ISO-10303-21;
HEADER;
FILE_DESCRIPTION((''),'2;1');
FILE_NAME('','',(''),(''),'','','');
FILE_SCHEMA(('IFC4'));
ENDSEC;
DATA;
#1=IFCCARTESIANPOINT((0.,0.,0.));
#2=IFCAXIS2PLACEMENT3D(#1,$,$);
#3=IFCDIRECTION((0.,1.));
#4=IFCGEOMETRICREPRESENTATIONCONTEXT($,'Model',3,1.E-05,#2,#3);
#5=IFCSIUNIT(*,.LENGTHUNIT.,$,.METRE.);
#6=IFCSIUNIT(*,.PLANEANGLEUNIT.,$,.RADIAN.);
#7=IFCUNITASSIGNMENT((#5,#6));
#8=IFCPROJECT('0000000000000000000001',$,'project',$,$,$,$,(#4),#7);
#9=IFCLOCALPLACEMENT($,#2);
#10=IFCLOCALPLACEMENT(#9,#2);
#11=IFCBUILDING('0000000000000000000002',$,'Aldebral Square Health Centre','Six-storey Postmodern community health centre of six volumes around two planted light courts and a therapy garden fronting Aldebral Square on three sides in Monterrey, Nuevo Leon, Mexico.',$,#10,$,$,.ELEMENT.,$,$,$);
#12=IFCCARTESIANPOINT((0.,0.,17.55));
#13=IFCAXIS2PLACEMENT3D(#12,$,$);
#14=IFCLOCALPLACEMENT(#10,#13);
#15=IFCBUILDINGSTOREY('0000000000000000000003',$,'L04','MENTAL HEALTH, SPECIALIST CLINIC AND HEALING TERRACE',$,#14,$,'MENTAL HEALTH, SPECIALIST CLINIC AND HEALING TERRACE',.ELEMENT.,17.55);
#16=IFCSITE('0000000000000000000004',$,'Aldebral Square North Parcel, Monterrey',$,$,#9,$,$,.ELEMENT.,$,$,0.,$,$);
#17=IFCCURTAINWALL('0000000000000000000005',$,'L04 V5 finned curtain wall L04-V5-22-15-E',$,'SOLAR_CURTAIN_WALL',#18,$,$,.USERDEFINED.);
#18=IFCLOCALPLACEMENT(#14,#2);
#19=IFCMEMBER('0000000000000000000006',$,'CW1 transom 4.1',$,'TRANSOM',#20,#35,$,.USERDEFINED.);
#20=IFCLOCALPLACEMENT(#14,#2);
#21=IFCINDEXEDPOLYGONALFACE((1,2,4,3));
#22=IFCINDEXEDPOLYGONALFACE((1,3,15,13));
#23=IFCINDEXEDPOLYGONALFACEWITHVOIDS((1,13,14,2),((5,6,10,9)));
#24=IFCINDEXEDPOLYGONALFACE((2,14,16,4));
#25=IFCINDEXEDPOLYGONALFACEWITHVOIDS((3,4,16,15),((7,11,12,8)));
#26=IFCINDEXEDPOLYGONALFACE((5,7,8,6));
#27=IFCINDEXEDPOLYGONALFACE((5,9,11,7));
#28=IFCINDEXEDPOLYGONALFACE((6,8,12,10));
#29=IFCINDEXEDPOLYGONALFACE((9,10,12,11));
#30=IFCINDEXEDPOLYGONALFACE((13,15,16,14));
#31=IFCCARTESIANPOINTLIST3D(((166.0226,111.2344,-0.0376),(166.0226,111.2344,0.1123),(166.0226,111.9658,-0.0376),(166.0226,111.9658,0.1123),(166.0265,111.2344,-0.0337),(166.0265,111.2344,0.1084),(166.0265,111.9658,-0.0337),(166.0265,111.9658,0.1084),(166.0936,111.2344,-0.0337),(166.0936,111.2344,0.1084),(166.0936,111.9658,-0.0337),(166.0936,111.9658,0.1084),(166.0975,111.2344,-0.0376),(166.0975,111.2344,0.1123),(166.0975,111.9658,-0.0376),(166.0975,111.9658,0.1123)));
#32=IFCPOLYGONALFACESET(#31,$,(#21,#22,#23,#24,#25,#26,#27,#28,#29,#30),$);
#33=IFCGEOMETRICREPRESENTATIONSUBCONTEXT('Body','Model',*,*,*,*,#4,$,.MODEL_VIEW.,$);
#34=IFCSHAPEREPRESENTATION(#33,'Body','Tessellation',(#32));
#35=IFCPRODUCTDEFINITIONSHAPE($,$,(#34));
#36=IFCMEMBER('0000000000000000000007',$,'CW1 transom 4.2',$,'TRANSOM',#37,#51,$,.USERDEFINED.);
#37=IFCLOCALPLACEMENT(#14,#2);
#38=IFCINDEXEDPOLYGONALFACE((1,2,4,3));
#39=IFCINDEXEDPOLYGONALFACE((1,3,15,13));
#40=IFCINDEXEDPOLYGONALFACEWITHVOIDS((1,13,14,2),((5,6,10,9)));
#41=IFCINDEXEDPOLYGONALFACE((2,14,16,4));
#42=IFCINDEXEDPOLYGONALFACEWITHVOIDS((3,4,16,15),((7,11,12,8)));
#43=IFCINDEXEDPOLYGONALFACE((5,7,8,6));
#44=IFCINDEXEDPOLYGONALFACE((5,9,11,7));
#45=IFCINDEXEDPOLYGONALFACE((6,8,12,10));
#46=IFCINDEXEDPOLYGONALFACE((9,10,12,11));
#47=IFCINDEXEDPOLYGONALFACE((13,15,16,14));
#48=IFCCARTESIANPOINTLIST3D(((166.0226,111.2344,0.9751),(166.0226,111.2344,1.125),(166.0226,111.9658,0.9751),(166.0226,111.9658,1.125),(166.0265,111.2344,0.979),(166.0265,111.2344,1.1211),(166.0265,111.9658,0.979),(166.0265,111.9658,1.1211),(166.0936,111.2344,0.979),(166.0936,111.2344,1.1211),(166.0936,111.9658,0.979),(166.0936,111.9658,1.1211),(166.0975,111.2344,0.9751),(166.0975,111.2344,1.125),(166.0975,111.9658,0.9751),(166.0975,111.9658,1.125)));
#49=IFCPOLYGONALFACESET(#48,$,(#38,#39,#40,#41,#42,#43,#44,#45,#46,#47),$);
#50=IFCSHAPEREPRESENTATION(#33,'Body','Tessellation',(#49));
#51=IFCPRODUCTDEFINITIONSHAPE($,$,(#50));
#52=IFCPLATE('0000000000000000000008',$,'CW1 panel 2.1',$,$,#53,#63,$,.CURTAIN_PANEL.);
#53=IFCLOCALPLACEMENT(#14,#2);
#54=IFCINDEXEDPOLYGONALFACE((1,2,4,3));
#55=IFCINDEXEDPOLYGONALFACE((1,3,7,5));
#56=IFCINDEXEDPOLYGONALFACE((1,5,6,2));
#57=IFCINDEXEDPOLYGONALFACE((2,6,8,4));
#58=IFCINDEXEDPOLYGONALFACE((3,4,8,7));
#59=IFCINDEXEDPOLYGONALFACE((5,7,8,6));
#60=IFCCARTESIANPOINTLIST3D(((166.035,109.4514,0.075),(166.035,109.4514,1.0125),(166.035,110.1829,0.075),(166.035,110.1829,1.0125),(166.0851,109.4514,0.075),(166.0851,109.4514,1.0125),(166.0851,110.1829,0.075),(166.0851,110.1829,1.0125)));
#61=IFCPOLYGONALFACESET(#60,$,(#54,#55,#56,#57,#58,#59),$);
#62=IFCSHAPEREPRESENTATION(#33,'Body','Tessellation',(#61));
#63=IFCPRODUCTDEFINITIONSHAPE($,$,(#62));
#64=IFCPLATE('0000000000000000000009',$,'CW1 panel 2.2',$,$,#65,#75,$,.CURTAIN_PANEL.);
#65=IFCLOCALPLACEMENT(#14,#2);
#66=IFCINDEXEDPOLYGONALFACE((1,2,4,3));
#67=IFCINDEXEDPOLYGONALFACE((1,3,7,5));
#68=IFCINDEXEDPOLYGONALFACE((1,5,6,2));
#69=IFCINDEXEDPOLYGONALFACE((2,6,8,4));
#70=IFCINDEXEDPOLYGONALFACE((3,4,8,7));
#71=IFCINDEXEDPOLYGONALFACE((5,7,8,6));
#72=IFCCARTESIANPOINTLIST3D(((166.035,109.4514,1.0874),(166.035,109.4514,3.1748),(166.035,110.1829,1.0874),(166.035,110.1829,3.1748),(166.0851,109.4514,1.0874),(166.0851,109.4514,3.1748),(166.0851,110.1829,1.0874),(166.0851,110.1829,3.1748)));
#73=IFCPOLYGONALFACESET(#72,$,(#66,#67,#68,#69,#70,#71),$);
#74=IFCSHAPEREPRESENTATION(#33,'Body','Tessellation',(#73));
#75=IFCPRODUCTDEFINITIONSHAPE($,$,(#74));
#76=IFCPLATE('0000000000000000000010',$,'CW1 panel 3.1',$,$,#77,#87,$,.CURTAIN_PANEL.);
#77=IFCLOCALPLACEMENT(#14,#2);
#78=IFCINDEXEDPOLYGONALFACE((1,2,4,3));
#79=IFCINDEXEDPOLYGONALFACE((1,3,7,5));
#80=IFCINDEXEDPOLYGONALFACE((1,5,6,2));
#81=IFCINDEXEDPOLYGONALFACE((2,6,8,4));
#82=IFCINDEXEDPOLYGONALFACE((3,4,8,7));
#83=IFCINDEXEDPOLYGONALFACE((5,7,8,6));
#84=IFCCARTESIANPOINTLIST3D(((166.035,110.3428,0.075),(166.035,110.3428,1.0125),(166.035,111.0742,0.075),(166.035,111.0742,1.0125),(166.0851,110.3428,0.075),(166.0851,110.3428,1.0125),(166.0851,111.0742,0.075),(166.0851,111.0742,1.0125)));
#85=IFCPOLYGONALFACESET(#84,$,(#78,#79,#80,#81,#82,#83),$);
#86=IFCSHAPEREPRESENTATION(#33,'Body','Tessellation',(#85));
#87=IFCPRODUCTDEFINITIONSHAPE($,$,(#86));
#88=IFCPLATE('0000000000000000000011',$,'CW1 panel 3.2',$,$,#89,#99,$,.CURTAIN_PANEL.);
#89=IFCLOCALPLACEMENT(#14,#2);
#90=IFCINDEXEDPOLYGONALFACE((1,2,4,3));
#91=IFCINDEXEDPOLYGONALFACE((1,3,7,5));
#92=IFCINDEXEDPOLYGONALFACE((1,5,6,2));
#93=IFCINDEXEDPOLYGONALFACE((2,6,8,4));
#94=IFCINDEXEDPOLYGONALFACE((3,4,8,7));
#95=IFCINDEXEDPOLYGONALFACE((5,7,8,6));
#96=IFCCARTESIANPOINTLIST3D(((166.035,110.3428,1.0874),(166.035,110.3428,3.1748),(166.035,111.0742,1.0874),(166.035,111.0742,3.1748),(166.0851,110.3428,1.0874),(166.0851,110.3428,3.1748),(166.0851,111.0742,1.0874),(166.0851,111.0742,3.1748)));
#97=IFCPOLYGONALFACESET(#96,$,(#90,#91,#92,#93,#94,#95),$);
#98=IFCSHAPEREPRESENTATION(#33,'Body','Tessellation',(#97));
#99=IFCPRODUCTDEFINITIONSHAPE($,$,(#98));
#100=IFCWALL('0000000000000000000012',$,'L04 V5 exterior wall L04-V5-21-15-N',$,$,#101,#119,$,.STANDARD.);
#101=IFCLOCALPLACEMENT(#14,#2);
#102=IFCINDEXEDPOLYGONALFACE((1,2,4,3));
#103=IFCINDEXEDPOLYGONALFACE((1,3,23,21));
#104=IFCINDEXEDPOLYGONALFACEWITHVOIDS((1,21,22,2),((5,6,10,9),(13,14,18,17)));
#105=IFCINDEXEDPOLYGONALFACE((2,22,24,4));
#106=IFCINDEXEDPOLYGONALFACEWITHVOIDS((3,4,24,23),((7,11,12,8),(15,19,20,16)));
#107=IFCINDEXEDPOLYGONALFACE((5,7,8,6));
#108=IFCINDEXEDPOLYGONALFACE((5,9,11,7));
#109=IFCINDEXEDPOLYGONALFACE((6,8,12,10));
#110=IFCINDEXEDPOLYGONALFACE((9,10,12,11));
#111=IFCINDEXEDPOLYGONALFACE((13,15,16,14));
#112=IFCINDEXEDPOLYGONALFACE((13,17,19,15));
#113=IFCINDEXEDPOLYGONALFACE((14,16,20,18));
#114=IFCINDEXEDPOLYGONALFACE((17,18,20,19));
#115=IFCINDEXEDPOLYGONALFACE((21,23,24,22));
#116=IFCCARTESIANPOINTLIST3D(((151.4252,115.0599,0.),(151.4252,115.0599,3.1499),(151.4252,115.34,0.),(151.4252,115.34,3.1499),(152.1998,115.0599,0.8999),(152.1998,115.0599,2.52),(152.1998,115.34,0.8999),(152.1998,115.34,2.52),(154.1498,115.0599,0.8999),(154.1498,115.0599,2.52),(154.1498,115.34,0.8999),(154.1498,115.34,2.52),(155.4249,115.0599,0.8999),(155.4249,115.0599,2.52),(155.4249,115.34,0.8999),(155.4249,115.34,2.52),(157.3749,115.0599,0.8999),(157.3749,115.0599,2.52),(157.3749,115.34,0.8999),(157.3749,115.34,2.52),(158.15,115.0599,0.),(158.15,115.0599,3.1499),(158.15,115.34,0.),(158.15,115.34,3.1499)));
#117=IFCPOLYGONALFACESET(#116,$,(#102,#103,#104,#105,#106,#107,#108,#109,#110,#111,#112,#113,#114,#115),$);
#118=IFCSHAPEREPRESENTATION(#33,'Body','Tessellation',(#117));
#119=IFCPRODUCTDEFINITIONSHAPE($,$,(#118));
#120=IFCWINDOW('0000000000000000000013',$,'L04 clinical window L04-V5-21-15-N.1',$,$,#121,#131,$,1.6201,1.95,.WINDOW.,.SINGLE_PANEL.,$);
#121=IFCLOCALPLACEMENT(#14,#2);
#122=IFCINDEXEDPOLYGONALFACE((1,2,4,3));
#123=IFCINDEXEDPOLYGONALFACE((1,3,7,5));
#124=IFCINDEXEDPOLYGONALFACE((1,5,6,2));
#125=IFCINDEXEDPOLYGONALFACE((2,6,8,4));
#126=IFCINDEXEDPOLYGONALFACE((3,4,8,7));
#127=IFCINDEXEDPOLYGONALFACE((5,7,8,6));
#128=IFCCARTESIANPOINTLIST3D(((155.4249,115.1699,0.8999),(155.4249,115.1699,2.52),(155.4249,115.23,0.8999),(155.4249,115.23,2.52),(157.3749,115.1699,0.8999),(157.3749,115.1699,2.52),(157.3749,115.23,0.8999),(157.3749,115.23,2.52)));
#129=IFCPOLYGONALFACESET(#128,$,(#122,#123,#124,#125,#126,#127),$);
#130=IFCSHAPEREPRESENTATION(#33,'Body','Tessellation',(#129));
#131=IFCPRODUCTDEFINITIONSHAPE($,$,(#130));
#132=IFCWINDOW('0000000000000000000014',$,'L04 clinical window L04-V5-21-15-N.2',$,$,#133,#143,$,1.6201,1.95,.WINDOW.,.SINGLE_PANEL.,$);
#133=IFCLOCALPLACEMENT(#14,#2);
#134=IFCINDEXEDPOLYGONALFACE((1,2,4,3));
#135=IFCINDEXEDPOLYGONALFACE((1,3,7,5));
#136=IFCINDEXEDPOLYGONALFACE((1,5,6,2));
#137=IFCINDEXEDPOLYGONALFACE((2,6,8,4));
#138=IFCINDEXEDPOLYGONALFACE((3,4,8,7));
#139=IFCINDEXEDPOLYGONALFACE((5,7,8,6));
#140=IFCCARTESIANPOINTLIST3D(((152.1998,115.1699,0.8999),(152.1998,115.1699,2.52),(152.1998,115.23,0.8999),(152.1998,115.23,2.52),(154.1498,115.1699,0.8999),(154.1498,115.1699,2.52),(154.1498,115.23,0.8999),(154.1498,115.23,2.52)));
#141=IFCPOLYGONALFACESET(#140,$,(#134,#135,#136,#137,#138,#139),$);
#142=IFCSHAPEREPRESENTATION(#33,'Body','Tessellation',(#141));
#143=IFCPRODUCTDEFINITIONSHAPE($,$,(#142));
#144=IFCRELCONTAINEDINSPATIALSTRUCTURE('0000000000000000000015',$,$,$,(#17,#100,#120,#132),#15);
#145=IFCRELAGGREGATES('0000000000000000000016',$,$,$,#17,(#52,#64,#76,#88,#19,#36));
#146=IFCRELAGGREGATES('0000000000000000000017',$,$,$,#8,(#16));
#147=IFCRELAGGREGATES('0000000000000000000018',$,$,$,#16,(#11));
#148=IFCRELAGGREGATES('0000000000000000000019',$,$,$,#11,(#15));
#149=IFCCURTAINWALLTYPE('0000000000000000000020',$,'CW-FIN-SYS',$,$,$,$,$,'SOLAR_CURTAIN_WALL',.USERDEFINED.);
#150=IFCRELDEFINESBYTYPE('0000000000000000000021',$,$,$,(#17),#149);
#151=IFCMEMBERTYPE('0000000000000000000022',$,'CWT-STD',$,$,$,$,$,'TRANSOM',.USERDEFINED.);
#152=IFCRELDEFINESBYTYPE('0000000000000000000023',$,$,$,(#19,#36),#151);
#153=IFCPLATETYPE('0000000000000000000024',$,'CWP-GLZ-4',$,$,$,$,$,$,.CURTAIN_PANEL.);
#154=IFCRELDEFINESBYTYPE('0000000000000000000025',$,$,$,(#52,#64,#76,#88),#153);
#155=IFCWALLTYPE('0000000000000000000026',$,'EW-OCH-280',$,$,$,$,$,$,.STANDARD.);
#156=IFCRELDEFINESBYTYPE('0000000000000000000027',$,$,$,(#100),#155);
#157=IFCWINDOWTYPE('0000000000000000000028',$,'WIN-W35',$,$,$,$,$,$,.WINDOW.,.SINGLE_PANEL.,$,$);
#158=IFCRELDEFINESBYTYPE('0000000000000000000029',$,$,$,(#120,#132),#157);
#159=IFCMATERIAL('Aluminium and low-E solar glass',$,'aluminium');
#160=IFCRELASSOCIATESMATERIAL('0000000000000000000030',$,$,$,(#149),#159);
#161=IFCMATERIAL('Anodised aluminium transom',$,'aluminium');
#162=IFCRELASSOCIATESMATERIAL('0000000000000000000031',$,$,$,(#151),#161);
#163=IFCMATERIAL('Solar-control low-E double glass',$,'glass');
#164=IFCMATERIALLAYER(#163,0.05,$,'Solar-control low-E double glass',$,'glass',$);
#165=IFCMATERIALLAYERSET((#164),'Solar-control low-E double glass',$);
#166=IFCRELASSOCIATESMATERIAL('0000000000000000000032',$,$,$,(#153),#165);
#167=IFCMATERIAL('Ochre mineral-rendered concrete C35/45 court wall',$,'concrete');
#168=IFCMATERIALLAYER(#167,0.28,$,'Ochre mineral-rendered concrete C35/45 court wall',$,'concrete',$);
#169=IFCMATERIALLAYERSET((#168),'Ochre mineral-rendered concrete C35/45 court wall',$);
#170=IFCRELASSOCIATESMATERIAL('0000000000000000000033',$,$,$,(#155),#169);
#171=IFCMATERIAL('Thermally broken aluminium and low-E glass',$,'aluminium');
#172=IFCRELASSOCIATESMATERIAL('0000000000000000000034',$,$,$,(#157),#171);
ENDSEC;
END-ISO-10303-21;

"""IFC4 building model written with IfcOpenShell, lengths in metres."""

from ifc_helpers import new_model, si_unit, direction, frame, frame_2d, origin, origin_2d, place, context, subcontext, project, spatial, rectangle, hollow_rectangle, extrude, material, layer, layer_set, material_profile, profile_set, type_object, element, fill, aggregate, save


model = new_model("IFC4")

# Units and contexts
model_context = context("Model", 3, precision=1e-05, world=origin(), true_north=direction((0.0, 1.0)))
body_context = subcontext(model_context, "Body", "Model", "MODEL_VIEW")
ifc_project = project(units=[si_unit("LENGTHUNIT", "METRE"), si_unit("PLANEANGLEUNIT", "RADIAN")], contexts=[model_context])

# Site, building, storey
site_placement = place(None, origin())
site = spatial("IfcSite", under=ifc_project, at=site_placement, Name="Aldebral Square North Parcel, Monterrey", CompositionType="ELEMENT", RefElevation=0.0)
building_placement = place(site_placement, origin())
building = spatial("IfcBuilding", under=site, at=building_placement, Name="Aldebral Square Health Centre", Description="Six-storey Postmodern community health centre of six volumes around two planted light courts and a therapy garden fronting Aldebral Square on three sides in Monterrey, Nuevo Leon, Mexico.", CompositionType="ELEMENT")
storey_placement = place(building_placement, frame((0.0, 0.0, 17.55)))
storey = spatial("IfcBuildingStorey", under=building, at=storey_placement, Name="L04", Description="MENTAL HEALTH, SPECIALIST CLINIC AND HEALING TERRACE", LongName="MENTAL HEALTH, SPECIALIST CLINIC AND HEALING TERRACE", CompositionType="ELEMENT", Elevation=17.55)

# Curtain wall, members, plates
ifc_material_1 = material(Name="Aluminium and low-E solar glass", Category="aluminium")
curtain_wall_type = type_object("IfcCurtainWallType", Name="CW-FIN-SYS", ElementType="SOLAR_CURTAIN_WALL", PredefinedType="USERDEFINED", material=ifc_material_1)
curtain_wall_placement = place(storey_placement, origin())
curtain_wall = element("IfcCurtainWall", 1, at=curtain_wall_placement, inside=storey, type_object=curtain_wall_type, Name="L04 V5 finned curtain wall L04-V5-22-15-E", ObjectType="SOLAR_CURTAIN_WALL", PredefinedType="USERDEFINED")
ifc_material_2 = material(Name="Anodised aluminium transom", Category="aluminium")
ifc_material_profile_1 = material_profile(ifc_material_2, hollow_rectangle(XDim=0.075, YDim=0.1499, WallThickness=0.0039, at=origin_2d()), Name="CWT 75x150x4")
ifc_profile_set_1 = profile_set([ifc_material_profile_1], Name="Anodised aluminium transom")
member_type_1 = type_object("IfcMemberType", Name="CWT-STD", ElementType="TRANSOM", PredefinedType="USERDEFINED", material=ifc_profile_set_1)
member_1_placement = place(storey_placement, frame((166.0601, 111.2344, 0.0374), z_axis=(0.0, 1.0, 0.0), x_axis=(-1.0, 0.0, 0.0)))
member_1 = element("IfcMember", 2, at=member_1_placement, type_object=member_type_1, Name="CW1 transom 4.1", ObjectType="TRANSOM", PredefinedType="USERDEFINED", context=body_context, shape_type="SweptSolid", body=[
    extrude(hollow_rectangle(XDim=0.075, YDim=0.1499, WallThickness=0.0039, at=origin_2d()), origin(), (0.0, 0.0, 1.0), 0.7314),
])
member_2_placement = place(storey_placement, frame((166.0601, 111.2344, 1.05), z_axis=(0.0, 1.0, 0.0), x_axis=(-1.0, 0.0, 0.0)))
member_2 = element("IfcMember", 3, at=member_2_placement, type_object=member_type_1, Name="CW1 transom 4.2", ObjectType="TRANSOM", PredefinedType="USERDEFINED", context=body_context, shape_type="SweptSolid", body=[
    extrude(hollow_rectangle(XDim=0.075, YDim=0.1499, WallThickness=0.0039, at=origin_2d()), origin(), (0.0, 0.0, 1.0), 0.7314),
])
ifc_material_3 = material(Name="Solar-control low-E double glass", Category="glass")
ifc_layer_1 = layer(ifc_material_3, 0.05, Name="Solar-control low-E double glass", Category="glass")
ifc_layer_set_1 = layer_set([ifc_layer_1], Name="Solar-control low-E double glass")
plate_type = type_object("IfcPlateType", Name="CWP-GLZ-4", PredefinedType="CURTAIN_PANEL", material=ifc_layer_set_1)
plate_1_placement = place(storey_placement, frame((166.0601, 109.8171, 0.075), z_axis=(0.0, 0.0, 1.0), x_axis=(0.0, 1.0, 0.0)))
plate_1 = element("IfcPlate", 4, at=plate_1_placement, type_object=plate_type, Name="CW1 panel 2.1", PredefinedType="CURTAIN_PANEL", context=body_context, shape_type="SweptSolid", body=[
    extrude(rectangle(XDim=0.7314, YDim=0.05, at=origin_2d()), origin(), (0.0, 0.0, 1.0), 0.9375),
])
plate_2_placement = place(storey_placement, frame((166.0601, 109.8171, 1.0874), z_axis=(0.0, 0.0, 1.0), x_axis=(0.0, 1.0, 0.0)))
plate_2 = element("IfcPlate", 5, at=plate_2_placement, type_object=plate_type, Name="CW1 panel 2.2", PredefinedType="CURTAIN_PANEL", context=body_context, shape_type="SweptSolid", body=[
    extrude(rectangle(XDim=0.7314, YDim=0.05, at=origin_2d()), origin(), (0.0, 0.0, 1.0), 2.0874),
])
plate_3_placement = place(storey_placement, frame((166.0601, 110.7085, 0.075), z_axis=(0.0, 0.0, 1.0), x_axis=(0.0, 1.0, 0.0)))
plate_3 = element("IfcPlate", 6, at=plate_3_placement, type_object=plate_type, Name="CW1 panel 3.1", PredefinedType="CURTAIN_PANEL", context=body_context, shape_type="SweptSolid", body=[
    extrude(rectangle(XDim=0.7314, YDim=0.05, at=origin_2d()), origin(), (0.0, 0.0, 1.0), 0.9375),
])
plate_4_placement = place(storey_placement, frame((166.0601, 110.7085, 1.0874), z_axis=(0.0, 0.0, 1.0), x_axis=(0.0, 1.0, 0.0)))
plate_4 = element("IfcPlate", 7, at=plate_4_placement, type_object=plate_type, Name="CW1 panel 3.2", PredefinedType="CURTAIN_PANEL", context=body_context, shape_type="SweptSolid", body=[
    extrude(rectangle(XDim=0.7314, YDim=0.05, at=origin_2d()), origin(), (0.0, 0.0, 1.0), 2.0874),
])
aggregate(curtain_wall, [plate_1, plate_2, plate_3, plate_4, member_1, member_2])

# Wall, openings, windows
ifc_material_4 = material(Name="Ochre mineral-rendered concrete C35/45 court wall", Category="concrete")
ifc_layer_2 = layer(ifc_material_4, 0.28, Name="Ochre mineral-rendered concrete C35/45 court wall", Category="concrete")
ifc_layer_set_2 = layer_set([ifc_layer_2], Name="Ochre mineral-rendered concrete C35/45 court wall")
wall_type_1 = type_object("IfcWallType", Name="EW-OCH-280", PredefinedType="STANDARD", material=ifc_layer_set_2)
wall_1_placement = place(storey_placement, frame((158.1499, 115.2, 0.0), z_axis=(0.0, 0.0, 1.0), x_axis=(-1.0, 0.0, 0.0)))
wall_1 = element("IfcWall", 8, at=wall_1_placement, inside=storey, type_object=wall_type_1, Name="L04 V5 exterior wall L04-V5-21-15-N", PredefinedType="STANDARD", context=body_context, shape_type="SweptSolid", body=[
    extrude(rectangle(XDim=6.7249, YDim=0.28, at=frame_2d((3.3623, 0.0))), origin(), (0.0, 0.0, 1.0), 3.1499),
])
opening_1_placement = place(wall_1_placement, frame((0.7749, 0.0, 0.8999)))
opening_1 = element("IfcOpeningElement", 9, at=opening_1_placement, cuts=wall_1, PredefinedType="OPENING", context=body_context, shape_type="SweptSolid", body=[
    extrude(rectangle(XDim=1.95, YDim=1.6201, at=frame_2d((0.9751, 0.8101))), frame((0.0, 0.1499, 0.0), z_axis=(0.0, -1.0, 0.0), x_axis=(1.0, 0.0, 0.0)), (0.0, 0.0, 1.0), 0.3),
])
opening_2_placement = place(wall_1_placement, frame((4.0, 0.0, 0.8999)))
opening_2 = element("IfcOpeningElement", 10, at=opening_2_placement, cuts=wall_1, PredefinedType="OPENING", context=body_context, shape_type="SweptSolid", body=[
    extrude(rectangle(XDim=1.95, YDim=1.6201, at=frame_2d((0.9751, 0.8101))), frame((0.0, 0.1499, 0.0), z_axis=(0.0, -1.0, 0.0), x_axis=(1.0, 0.0, 0.0)), (0.0, 0.0, 1.0), 0.3),
])
ifc_material_5 = material(Name="Thermally broken aluminium and low-E glass", Category="aluminium")
window_type_1 = type_object("IfcWindowType", Name="WIN-W35", PartitioningType="SINGLE_PANEL", PredefinedType="WINDOW", material=ifc_material_5)
window_1_placement = place(opening_1_placement, origin())
window_1 = element("IfcWindow", 11, at=window_1_placement, inside=storey, type_object=window_type_1, Name="L04 clinical window L04-V5-21-15-N.1", OverallHeight=1.6201, OverallWidth=1.95, PartitioningType="SINGLE_PANEL", PredefinedType="WINDOW", context=body_context, shape_type="SweptSolid", body=[
    extrude(rectangle(XDim=1.95, YDim=1.6201, at=frame_2d((0.9751, 0.8101))), frame((0.0, 0.03, 0.0), z_axis=(0.0, -1.0, 0.0), x_axis=(1.0, 0.0, 0.0)), (0.0, 0.0, 1.0), 0.0601),
])
fill(opening_1, window_1)
window_2_placement = place(opening_2_placement, origin())
window_2 = element("IfcWindow", 12, at=window_2_placement, inside=storey, type_object=window_type_1, Name="L04 clinical window L04-V5-21-15-N.2", OverallHeight=1.6201, OverallWidth=1.95, PartitioningType="SINGLE_PANEL", PredefinedType="WINDOW", context=body_context, shape_type="SweptSolid", body=[
    extrude(rectangle(XDim=1.95, YDim=1.6201, at=frame_2d((0.9751, 0.8101))), frame((0.0, 0.03, 0.0), z_axis=(0.0, -1.0, 0.0), x_axis=(1.0, 0.0, 0.0)), (0.0, 0.0, 1.0), 0.0601),
])
fill(opening_2, window_2)

save(model, "model.ifc")
